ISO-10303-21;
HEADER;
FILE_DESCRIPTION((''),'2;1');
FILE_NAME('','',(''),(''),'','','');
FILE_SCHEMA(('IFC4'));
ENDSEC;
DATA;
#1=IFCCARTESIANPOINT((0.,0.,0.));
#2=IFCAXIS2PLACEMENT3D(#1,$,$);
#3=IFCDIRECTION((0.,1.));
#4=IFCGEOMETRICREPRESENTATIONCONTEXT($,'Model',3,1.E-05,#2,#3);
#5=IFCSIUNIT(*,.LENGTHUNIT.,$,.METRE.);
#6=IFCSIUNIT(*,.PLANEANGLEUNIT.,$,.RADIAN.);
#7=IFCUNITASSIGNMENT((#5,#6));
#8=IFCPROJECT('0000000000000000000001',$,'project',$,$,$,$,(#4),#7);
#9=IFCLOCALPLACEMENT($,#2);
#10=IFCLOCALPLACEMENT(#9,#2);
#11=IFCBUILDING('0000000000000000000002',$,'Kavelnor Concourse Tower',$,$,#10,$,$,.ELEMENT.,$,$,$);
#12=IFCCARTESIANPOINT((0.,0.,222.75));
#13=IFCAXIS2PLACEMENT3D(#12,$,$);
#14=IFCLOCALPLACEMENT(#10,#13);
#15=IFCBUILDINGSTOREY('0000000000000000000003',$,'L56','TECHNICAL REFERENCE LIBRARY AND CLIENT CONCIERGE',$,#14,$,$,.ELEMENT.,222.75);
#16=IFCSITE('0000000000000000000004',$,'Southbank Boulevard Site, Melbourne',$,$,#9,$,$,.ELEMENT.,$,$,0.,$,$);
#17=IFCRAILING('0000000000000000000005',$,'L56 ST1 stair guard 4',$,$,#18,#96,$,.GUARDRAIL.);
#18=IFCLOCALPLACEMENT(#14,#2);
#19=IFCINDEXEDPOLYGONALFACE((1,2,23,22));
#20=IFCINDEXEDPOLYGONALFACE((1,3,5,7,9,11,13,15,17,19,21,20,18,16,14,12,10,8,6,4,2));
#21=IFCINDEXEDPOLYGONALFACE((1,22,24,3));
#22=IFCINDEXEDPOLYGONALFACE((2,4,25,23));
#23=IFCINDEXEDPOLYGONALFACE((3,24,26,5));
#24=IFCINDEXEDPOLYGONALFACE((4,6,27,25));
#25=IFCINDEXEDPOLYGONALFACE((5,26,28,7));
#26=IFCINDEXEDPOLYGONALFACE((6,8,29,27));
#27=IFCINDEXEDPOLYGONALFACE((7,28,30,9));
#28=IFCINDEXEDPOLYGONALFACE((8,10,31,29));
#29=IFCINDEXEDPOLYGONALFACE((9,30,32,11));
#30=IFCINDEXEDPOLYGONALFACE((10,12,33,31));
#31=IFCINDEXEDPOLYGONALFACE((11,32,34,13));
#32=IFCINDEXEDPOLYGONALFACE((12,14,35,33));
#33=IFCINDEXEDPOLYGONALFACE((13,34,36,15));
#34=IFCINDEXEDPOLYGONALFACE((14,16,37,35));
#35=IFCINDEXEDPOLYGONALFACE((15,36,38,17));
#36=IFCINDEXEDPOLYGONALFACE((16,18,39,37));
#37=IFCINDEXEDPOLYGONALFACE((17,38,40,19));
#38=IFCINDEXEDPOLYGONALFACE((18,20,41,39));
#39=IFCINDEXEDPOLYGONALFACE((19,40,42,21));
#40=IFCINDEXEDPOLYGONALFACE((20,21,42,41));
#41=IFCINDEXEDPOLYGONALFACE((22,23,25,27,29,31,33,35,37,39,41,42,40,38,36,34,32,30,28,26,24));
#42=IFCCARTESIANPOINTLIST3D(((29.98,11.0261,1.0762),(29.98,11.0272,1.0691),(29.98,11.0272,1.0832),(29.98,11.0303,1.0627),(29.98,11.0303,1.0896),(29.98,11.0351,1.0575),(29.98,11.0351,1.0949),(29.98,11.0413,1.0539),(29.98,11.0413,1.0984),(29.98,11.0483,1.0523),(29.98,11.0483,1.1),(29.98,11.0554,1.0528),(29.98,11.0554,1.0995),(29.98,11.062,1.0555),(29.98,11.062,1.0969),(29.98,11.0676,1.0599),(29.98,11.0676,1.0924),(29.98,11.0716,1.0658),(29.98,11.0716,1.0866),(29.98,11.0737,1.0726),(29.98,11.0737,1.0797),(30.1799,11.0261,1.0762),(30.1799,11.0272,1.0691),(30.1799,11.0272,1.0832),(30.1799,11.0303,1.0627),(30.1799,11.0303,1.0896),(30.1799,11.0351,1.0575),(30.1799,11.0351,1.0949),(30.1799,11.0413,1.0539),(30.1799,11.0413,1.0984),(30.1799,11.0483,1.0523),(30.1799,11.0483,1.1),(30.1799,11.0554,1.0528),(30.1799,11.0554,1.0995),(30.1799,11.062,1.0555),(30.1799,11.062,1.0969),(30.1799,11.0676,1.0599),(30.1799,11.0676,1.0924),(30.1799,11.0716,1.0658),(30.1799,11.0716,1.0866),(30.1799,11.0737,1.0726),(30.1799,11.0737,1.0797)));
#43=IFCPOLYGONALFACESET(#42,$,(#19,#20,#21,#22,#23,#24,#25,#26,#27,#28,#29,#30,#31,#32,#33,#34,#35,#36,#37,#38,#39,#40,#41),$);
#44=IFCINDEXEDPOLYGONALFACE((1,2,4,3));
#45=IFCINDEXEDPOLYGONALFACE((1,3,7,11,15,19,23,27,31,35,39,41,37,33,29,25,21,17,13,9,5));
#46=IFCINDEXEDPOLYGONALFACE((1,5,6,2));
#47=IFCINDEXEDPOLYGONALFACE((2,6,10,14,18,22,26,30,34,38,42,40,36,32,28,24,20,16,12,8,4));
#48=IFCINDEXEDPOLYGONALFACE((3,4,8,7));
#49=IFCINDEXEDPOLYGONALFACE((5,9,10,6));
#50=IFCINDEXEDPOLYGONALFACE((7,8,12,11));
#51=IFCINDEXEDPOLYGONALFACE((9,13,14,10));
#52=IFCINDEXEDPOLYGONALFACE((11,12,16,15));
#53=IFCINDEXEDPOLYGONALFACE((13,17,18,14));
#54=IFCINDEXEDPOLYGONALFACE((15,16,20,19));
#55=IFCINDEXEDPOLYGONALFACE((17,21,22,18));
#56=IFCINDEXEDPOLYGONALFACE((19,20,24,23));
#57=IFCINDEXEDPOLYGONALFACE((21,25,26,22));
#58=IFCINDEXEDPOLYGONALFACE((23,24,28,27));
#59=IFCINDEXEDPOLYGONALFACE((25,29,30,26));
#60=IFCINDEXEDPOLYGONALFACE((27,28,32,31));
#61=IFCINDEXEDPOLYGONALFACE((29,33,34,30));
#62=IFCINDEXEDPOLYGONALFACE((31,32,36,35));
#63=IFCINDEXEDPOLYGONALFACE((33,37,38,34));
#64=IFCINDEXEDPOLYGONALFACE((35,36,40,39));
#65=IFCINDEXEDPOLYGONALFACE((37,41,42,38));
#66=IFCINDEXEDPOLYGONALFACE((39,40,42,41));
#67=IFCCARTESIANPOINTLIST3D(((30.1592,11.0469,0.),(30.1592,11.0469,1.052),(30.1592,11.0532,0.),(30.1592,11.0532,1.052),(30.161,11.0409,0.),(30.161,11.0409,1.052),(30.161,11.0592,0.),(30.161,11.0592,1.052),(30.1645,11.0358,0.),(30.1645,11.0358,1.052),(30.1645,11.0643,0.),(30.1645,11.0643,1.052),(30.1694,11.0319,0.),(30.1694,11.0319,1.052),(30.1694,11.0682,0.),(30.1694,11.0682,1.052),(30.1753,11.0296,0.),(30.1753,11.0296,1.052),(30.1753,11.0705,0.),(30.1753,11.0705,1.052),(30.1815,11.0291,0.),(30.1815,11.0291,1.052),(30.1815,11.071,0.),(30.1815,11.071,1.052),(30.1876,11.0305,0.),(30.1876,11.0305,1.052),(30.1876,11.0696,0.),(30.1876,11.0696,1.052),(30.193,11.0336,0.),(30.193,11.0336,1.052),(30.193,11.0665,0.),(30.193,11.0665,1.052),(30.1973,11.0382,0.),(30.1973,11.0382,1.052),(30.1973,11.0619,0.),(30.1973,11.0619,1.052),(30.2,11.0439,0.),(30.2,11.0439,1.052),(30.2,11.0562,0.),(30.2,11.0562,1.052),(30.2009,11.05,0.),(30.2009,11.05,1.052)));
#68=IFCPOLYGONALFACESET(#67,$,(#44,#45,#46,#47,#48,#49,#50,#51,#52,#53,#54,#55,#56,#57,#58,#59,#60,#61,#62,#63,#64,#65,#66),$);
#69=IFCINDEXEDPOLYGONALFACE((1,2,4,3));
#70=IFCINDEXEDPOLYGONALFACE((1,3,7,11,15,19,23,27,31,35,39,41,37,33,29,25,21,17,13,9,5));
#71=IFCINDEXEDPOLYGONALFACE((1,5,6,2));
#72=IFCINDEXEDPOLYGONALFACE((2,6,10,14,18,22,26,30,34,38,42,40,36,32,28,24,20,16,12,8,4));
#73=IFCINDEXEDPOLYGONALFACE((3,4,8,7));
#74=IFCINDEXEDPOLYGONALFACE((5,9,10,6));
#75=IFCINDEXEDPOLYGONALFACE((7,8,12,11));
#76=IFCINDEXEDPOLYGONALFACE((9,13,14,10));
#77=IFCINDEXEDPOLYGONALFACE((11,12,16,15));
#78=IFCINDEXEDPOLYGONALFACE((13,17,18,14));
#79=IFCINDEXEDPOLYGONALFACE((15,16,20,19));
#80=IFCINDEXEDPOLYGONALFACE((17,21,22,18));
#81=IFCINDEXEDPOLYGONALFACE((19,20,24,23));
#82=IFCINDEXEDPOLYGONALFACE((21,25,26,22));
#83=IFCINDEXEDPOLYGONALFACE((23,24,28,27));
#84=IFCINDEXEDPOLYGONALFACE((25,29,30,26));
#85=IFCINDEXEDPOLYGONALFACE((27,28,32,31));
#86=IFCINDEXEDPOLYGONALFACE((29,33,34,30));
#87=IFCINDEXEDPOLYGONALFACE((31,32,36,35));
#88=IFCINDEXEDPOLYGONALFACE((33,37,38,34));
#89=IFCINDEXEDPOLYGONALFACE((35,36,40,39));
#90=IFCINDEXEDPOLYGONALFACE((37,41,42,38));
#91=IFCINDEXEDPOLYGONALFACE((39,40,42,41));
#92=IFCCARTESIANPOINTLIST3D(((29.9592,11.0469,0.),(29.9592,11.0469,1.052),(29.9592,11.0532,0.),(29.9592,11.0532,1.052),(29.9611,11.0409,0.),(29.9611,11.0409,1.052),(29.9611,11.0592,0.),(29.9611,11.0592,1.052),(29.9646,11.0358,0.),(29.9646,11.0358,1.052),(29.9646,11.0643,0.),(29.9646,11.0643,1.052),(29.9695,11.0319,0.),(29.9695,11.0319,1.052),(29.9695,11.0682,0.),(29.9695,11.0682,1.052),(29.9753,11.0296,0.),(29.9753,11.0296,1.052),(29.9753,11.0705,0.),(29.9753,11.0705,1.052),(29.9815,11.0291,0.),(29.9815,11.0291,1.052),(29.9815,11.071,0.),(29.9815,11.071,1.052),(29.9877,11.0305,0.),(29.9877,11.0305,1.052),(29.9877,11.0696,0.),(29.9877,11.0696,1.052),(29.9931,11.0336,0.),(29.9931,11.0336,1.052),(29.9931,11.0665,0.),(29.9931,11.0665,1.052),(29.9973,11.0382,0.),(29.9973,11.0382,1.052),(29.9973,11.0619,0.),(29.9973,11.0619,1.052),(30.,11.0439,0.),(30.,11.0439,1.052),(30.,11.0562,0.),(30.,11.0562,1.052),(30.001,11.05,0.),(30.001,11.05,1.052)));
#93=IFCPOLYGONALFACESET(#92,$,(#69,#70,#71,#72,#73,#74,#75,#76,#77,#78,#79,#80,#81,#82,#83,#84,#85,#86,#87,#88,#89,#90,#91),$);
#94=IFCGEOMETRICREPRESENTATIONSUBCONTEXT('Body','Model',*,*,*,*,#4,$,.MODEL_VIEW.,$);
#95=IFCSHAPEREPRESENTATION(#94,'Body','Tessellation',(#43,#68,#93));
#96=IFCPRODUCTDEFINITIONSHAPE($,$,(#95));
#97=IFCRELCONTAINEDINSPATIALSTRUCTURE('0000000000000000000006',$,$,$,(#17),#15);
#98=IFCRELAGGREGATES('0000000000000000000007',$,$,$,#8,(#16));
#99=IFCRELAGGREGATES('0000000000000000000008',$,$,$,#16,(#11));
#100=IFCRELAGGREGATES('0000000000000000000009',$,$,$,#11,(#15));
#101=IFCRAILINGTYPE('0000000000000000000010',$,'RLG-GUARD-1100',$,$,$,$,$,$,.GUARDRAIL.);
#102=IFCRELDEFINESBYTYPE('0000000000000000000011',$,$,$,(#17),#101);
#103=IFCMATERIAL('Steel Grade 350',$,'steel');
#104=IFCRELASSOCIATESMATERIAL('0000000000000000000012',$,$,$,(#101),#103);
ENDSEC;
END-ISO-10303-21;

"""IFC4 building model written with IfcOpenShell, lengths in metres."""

from ifc_helpers import new_model, si_unit, direction, frame, origin, origin_2d, place, context, subcontext, project, spatial, circle, extrude, material, type_object, element, save


model = new_model("IFC4")

# Units and contexts
model_context = context("Model", 3, precision=1e-05, world=origin(), true_north=direction((0.0, 1.0)))
body_context = subcontext(model_context, "Body", "Model", "MODEL_VIEW")
ifc_project = project(units=[si_unit("LENGTHUNIT", "METRE"), si_unit("PLANEANGLEUNIT", "RADIAN")], contexts=[model_context])

# Site, building, storey
site_placement = place(None, origin())
site = spatial("IfcSite", under=ifc_project, at=site_placement, Name="Southbank Boulevard Site, Melbourne", CompositionType="ELEMENT", RefElevation=0.0)
building_placement = place(site_placement, origin())
building = spatial("IfcBuilding", under=site, at=building_placement, Name="Kavelnor Concourse Tower", CompositionType="ELEMENT")
storey_placement = place(building_placement, frame((0.0, 0.0, 222.75)))
storey = spatial("IfcBuildingStorey", under=building, at=storey_placement, Name="L56", Description="TECHNICAL REFERENCE LIBRARY AND CLIENT CONCIERGE", CompositionType="ELEMENT", Elevation=222.75)

# Shared definitions
ifc_material_1 = material(Name="Steel Grade 350", Category="steel")

# Railing
railing_type_1 = type_object("IfcRailingType", Name="RLG-GUARD-1100", PredefinedType="GUARDRAIL", material=ifc_material_1)
railing_1_placement = place(storey_placement, frame((30.1799, 11.05, 0.0)))
element("IfcRailing", 1, at=railing_1_placement, inside=storey, type_object=railing_type_1, Name="L56 ST1 stair guard 4", PredefinedType="GUARDRAIL", context=body_context, shape_type="SweptSolid", body=[
    extrude(circle(Radius=0.0239, at=origin_2d()), frame((0.0, 0.0, 1.0762), z_axis=(-1.0, 0.0, 0.0), x_axis=(0.0, -1.0, 0.0)), (0.0, 0.0, 1.0), 0.2),
    extrude(circle(Radius=0.021, at=origin_2d()), origin(), (0.0, 0.0, 1.0), 1.052),
    extrude(circle(Radius=0.021, at=origin_2d()), frame((-0.2, 0.0, 0.0)), (0.0, 0.0, 1.0), 1.052),
])

save(model, "model.ifc")
